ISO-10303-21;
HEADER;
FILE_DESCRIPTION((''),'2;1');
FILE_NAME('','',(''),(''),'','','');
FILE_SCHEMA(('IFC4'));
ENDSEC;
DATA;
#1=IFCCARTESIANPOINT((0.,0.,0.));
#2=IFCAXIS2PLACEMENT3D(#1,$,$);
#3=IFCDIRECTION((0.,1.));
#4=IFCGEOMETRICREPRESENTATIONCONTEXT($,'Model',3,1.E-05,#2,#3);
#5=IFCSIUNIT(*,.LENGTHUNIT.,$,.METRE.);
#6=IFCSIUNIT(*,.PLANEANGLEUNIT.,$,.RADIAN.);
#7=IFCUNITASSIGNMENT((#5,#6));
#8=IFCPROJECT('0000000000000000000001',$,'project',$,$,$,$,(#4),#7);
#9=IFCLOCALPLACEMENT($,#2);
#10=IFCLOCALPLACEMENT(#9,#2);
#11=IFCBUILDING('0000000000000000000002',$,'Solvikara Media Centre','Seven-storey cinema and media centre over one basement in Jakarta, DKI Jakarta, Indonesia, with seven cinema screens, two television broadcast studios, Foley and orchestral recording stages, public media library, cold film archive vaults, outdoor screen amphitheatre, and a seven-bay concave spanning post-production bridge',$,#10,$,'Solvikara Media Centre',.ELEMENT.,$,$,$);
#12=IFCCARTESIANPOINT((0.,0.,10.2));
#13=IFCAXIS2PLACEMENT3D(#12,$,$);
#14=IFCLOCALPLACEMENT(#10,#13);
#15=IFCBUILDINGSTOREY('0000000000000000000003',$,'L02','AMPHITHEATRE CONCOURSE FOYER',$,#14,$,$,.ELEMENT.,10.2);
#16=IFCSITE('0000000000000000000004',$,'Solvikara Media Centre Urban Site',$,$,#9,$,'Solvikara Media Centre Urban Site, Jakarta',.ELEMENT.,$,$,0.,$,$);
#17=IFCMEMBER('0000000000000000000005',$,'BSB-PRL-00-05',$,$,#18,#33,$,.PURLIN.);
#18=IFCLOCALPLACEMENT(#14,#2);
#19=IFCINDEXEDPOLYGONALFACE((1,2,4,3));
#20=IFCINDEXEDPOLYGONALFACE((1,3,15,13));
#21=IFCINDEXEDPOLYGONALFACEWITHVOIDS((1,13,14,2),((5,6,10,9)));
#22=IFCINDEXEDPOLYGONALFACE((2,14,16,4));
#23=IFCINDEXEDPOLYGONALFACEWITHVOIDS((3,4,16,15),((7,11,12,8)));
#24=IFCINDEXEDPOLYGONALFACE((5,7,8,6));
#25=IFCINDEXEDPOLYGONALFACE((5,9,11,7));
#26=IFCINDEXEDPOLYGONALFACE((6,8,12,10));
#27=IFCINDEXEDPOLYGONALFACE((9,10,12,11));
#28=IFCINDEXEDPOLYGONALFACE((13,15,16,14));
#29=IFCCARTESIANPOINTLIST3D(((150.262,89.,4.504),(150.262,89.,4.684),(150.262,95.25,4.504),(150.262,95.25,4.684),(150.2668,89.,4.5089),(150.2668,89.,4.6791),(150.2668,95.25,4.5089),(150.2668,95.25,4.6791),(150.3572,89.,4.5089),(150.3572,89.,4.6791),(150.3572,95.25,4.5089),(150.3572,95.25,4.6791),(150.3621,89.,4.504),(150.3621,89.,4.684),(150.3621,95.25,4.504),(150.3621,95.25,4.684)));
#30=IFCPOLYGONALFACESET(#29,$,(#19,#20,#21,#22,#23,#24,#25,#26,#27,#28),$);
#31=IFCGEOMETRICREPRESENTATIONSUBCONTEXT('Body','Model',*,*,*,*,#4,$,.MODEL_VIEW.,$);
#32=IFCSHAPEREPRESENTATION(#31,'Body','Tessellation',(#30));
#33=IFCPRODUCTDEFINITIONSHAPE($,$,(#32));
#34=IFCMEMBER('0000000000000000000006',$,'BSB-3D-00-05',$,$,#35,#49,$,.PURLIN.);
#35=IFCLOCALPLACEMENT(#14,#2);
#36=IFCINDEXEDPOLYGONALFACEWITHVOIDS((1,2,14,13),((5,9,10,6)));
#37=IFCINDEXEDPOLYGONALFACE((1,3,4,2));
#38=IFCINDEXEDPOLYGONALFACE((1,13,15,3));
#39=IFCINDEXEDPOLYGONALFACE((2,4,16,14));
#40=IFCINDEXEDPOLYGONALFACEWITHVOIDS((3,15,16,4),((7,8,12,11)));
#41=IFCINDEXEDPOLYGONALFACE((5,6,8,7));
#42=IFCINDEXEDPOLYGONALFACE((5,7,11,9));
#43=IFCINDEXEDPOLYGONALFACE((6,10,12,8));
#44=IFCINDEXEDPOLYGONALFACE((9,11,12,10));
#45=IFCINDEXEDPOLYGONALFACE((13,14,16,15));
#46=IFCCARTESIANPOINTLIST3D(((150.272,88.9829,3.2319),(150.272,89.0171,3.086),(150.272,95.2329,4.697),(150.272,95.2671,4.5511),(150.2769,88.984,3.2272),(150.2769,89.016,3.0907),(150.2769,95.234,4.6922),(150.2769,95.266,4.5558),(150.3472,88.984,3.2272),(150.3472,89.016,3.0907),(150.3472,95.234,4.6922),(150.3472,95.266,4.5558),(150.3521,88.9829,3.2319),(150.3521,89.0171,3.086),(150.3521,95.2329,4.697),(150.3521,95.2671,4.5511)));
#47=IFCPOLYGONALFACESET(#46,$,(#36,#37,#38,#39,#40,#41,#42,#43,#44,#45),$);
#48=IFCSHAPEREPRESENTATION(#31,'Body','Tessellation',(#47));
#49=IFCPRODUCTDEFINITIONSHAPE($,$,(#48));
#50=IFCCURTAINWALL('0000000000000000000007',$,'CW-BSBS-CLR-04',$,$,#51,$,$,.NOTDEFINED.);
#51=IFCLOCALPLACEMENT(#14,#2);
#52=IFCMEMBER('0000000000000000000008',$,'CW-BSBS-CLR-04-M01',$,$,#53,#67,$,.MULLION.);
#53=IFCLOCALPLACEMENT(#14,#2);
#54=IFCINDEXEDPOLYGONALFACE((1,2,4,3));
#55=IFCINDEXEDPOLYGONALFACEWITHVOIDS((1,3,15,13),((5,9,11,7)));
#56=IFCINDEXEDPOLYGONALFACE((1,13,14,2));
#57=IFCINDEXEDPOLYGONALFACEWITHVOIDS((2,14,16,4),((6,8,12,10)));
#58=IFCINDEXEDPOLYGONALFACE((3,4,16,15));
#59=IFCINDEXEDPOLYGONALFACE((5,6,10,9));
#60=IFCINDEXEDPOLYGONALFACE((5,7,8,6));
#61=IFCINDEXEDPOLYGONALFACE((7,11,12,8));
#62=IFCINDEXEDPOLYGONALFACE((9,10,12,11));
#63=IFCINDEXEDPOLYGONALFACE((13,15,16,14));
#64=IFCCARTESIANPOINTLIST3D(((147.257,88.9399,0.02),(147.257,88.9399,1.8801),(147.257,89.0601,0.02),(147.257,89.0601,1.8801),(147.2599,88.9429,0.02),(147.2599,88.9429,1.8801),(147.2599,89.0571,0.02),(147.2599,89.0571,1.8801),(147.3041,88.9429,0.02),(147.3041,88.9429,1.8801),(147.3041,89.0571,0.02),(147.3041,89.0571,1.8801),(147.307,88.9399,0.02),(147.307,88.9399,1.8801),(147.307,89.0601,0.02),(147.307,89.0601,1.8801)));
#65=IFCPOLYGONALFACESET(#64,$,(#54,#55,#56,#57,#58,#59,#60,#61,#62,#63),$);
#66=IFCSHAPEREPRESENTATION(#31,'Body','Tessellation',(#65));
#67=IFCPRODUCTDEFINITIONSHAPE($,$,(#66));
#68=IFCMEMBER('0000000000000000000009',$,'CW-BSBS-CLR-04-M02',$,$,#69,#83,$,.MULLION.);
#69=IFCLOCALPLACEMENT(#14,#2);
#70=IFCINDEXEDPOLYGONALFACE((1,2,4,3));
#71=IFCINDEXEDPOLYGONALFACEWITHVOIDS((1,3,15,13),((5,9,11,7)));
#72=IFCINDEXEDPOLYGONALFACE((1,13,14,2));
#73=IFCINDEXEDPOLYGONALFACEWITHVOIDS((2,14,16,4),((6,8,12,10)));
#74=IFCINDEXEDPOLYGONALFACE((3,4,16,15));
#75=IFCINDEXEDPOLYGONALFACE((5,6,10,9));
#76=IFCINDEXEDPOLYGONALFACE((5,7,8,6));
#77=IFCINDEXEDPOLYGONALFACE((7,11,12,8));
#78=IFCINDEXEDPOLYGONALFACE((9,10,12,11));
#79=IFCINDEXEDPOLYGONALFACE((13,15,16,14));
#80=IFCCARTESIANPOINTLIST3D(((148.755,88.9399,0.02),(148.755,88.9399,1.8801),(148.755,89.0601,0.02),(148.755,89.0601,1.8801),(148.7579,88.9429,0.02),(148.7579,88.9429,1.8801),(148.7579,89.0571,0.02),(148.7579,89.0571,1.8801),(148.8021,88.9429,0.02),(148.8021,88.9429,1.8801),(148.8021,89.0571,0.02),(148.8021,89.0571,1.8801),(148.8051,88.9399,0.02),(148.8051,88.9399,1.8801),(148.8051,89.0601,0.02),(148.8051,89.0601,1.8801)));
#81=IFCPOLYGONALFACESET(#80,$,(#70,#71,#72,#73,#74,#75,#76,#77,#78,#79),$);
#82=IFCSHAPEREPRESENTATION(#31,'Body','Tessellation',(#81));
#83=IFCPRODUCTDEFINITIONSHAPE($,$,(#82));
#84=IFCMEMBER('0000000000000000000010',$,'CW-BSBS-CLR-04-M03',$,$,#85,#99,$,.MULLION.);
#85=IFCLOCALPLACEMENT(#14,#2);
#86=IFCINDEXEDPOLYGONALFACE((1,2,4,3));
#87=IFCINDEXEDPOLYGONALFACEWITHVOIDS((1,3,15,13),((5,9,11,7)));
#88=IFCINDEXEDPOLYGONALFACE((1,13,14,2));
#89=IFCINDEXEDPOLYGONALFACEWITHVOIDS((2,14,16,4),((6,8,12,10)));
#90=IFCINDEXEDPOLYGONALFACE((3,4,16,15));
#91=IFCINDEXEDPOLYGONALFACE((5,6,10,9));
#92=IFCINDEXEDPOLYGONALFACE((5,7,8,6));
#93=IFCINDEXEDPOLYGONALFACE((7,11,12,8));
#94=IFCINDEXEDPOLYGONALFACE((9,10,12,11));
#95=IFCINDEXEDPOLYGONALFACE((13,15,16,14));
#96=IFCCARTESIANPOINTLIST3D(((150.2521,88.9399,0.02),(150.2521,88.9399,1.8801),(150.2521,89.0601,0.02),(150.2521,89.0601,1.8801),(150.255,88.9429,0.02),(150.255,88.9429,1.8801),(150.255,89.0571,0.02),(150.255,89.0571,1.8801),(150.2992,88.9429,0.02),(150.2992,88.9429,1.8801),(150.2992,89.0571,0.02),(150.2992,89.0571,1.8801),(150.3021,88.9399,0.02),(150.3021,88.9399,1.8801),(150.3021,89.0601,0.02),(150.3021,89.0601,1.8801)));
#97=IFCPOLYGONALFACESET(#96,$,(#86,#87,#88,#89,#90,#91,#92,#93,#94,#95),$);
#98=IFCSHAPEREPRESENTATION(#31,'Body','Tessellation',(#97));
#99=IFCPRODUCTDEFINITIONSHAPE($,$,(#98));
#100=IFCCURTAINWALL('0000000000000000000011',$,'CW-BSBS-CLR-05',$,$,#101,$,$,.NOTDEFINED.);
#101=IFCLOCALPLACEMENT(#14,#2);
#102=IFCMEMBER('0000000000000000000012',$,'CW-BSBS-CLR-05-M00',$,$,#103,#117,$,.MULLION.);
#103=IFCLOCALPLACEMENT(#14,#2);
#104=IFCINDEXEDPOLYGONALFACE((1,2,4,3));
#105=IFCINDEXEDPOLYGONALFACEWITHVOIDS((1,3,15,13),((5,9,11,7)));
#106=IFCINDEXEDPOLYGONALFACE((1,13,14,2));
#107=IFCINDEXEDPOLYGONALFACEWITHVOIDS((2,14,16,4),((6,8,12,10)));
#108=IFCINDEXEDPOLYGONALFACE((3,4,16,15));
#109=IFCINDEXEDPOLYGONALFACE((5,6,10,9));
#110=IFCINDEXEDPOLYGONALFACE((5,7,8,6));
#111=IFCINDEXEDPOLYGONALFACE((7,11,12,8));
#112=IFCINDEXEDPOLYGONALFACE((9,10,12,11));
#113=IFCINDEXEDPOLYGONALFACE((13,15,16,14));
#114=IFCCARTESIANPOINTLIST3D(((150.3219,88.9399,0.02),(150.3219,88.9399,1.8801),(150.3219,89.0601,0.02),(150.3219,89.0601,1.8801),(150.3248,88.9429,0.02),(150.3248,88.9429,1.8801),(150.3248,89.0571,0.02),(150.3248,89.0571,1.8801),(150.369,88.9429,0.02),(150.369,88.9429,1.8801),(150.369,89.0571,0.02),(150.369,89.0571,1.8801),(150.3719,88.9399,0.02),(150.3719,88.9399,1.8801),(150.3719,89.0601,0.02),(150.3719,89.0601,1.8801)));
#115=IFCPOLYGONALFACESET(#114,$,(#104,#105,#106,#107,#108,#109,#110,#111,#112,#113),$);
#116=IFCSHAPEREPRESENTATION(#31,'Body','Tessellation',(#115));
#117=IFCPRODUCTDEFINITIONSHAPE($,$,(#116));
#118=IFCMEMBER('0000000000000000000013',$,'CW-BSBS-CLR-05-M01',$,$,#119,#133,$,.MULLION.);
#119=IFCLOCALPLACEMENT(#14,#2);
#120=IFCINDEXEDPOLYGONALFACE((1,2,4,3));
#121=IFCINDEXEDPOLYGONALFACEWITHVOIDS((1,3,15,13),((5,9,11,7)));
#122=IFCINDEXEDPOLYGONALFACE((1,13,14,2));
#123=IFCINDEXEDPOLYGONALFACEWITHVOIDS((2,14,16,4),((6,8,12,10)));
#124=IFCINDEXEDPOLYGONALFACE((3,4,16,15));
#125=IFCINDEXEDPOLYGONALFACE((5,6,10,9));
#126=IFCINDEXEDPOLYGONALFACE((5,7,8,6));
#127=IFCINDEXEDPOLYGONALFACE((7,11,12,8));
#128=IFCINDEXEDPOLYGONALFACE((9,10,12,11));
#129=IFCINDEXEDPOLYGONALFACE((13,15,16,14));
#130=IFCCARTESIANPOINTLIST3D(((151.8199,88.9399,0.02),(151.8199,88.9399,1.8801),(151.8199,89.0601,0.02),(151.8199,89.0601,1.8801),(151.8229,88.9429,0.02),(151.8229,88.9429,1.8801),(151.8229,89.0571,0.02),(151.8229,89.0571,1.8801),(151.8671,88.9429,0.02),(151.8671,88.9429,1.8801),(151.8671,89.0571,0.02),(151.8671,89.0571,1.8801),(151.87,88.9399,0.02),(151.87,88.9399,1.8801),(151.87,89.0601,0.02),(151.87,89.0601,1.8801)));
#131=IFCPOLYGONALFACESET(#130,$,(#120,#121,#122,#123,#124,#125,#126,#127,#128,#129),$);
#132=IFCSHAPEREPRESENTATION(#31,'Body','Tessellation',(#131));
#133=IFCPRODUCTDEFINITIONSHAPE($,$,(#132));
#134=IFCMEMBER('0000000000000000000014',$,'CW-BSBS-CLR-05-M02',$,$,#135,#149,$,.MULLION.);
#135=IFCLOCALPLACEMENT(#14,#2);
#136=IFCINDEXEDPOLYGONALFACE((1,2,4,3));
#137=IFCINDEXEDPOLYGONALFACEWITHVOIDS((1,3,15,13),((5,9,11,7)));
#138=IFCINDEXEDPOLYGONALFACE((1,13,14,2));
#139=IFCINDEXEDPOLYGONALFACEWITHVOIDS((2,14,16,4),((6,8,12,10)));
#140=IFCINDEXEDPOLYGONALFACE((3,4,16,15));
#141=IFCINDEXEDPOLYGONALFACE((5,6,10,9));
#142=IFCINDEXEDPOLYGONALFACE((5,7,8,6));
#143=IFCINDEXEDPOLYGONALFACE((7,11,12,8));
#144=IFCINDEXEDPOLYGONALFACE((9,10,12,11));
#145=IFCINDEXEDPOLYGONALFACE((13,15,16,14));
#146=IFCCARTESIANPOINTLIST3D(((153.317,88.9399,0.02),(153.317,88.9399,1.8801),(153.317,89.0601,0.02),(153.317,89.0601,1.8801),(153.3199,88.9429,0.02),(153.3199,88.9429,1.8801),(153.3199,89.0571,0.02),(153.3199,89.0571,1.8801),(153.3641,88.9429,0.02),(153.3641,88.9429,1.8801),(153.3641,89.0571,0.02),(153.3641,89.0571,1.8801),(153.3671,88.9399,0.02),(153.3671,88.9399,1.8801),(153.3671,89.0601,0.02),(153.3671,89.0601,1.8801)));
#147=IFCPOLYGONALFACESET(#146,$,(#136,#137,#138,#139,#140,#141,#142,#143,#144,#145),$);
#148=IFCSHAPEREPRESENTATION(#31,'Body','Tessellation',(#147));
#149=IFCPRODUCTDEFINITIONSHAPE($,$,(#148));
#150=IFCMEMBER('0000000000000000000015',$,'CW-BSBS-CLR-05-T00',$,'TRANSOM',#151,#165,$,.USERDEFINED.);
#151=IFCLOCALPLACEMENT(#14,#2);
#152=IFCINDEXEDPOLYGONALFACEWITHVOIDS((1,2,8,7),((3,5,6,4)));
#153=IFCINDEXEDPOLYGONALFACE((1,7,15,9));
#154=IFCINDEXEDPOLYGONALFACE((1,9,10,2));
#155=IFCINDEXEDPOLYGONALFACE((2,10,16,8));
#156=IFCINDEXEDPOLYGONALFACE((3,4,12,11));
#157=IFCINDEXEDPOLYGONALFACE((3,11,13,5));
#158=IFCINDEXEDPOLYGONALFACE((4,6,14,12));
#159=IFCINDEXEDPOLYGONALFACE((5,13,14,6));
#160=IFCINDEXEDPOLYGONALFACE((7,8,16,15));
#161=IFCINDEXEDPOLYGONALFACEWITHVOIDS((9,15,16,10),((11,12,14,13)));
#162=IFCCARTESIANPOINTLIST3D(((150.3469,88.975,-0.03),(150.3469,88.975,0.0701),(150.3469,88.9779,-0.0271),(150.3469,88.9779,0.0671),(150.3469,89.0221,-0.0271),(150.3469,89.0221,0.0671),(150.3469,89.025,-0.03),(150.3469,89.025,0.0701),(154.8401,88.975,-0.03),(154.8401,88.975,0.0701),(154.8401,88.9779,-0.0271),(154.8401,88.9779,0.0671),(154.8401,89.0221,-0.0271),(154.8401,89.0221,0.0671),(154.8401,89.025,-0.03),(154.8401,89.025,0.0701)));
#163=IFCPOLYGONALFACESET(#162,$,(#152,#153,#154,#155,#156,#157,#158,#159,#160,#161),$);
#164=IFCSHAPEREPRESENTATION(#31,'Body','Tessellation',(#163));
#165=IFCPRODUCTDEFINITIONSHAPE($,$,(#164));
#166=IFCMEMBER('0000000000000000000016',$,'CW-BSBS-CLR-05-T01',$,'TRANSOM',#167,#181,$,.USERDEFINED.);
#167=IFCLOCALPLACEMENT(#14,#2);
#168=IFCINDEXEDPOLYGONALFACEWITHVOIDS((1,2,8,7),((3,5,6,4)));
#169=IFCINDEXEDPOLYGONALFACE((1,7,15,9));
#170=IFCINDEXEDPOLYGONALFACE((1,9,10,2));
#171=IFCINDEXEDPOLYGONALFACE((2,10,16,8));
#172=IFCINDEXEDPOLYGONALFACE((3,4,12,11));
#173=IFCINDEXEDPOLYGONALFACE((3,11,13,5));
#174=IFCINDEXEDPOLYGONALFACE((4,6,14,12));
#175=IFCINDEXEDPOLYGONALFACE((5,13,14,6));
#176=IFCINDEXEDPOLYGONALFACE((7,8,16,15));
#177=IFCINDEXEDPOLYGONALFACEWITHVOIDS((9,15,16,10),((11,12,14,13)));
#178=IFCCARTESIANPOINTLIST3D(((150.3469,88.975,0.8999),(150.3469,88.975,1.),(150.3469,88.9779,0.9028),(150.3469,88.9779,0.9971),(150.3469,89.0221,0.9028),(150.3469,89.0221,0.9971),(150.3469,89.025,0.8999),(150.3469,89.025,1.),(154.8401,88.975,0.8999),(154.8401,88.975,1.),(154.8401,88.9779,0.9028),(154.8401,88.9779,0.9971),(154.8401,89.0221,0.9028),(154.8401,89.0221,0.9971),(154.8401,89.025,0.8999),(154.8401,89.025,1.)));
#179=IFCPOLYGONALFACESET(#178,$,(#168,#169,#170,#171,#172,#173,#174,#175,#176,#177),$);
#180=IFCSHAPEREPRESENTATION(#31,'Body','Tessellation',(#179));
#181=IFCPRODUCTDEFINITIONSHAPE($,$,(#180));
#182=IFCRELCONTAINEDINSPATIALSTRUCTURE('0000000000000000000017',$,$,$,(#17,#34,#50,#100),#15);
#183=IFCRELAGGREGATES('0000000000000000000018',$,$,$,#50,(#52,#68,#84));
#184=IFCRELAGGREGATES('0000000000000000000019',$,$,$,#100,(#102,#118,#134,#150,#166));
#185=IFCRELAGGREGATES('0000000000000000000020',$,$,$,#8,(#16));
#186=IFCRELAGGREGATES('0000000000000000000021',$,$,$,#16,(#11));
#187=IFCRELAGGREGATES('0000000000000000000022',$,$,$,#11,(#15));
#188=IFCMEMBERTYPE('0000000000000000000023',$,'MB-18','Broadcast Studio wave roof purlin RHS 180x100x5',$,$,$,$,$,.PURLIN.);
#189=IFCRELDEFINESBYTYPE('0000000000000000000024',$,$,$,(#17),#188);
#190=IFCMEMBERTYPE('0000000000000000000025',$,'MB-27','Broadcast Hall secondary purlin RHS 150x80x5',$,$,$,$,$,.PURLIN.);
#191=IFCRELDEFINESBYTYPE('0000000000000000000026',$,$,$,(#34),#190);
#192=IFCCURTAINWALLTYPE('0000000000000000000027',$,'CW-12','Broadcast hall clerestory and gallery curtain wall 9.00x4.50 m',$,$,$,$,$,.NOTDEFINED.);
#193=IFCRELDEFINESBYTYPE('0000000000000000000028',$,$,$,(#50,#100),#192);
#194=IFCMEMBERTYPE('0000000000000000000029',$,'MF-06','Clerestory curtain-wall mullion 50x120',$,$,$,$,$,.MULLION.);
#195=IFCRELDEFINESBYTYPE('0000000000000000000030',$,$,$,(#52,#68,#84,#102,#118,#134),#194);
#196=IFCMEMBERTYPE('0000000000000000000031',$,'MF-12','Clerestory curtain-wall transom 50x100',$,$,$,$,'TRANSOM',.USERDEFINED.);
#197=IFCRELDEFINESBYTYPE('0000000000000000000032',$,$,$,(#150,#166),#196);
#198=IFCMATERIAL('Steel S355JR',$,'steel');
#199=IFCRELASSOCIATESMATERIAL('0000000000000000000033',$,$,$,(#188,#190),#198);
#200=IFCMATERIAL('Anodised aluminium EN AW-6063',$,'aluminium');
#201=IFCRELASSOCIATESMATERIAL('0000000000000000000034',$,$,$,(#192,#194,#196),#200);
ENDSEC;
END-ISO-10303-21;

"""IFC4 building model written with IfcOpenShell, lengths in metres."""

from ifc_helpers import new_model, si_unit, direction, frame, origin, origin_2d, place, context, subcontext, project, spatial, hollow_rectangle, extrude, material, material_profile, profile_set, type_object, element, aggregate, save


model = new_model("IFC4")

# Units and contexts
model_context = context("Model", 3, precision=1e-05, world=origin(), true_north=direction((0.0, 1.0)))
body_context = subcontext(model_context, "Body", "Model", "MODEL_VIEW")
ifc_project = project(units=[si_unit("LENGTHUNIT", "METRE"), si_unit("PLANEANGLEUNIT", "RADIAN")], contexts=[model_context])

# Site, building, storey
site_placement = place(None, origin())
site = spatial("IfcSite", under=ifc_project, at=site_placement, Name="Solvikara Media Centre Urban Site", LongName="Solvikara Media Centre Urban Site, Jakarta", CompositionType="ELEMENT", RefElevation=0.0)
building_placement = place(site_placement, origin())
building = spatial("IfcBuilding", under=site, at=building_placement, Name="Solvikara Media Centre", Description="Seven-storey cinema and media centre over one basement in Jakarta, DKI Jakarta, Indonesia, with seven cinema screens, two television broadcast studios, Foley and orchestral recording stages, public media library, cold film archive vaults, outdoor screen amphitheatre, and a seven-bay concave spanning post-production bridge", LongName="Solvikara Media Centre", CompositionType="ELEMENT")
storey_placement = place(building_placement, frame((0.0, 0.0, 10.2)))
storey = spatial("IfcBuildingStorey", under=building, at=storey_placement, Name="L02", Description="AMPHITHEATRE CONCOURSE FOYER", CompositionType="ELEMENT", Elevation=10.2)

# Members
ifc_material_1 = material(Name="Steel S355JR", Category="steel")
ifc_material_profile_1 = material_profile(ifc_material_1, hollow_rectangle(XDim=0.1001, YDim=0.1799, WallThickness=0.0049, at=origin_2d()), Name="RHS 180x100x5")
ifc_profile_set_1 = profile_set([ifc_material_profile_1], Name="Steel S355JR")
member_type_1 = type_object("IfcMemberType", Name="MB-18", Description="Broadcast Studio wave roof purlin RHS 180x100x5", PredefinedType="PURLIN", material=ifc_profile_set_1)
member_1_placement = place(storey_placement, frame((150.312, 89.0, 4.594), z_axis=(0.0, 1.0, 0.0), x_axis=(-1.0, 0.0, 0.0)))
element("IfcMember", 1, at=member_1_placement, inside=storey, type_object=member_type_1, Name="BSB-PRL-00-05", PredefinedType="PURLIN", context=body_context, shape_type="SweptSolid", body=[
    extrude(hollow_rectangle(XDim=0.1001, YDim=0.1799, WallThickness=0.0049, at=origin_2d()), origin(), (0.0, 0.0, 1.0), 6.25),
])
ifc_material_profile_2 = material_profile(ifc_material_1, hollow_rectangle(XDim=0.0801, YDim=0.1499, WallThickness=0.0049, at=origin_2d()), Name="RHS 150x80x5")
ifc_profile_set_2 = profile_set([ifc_material_profile_2], Name="Steel S355JR")
member_type_2 = type_object("IfcMemberType", Name="MB-27", Description="Broadcast Hall secondary purlin RHS 150x80x5", PredefinedType="PURLIN", material=ifc_profile_set_2)
member_2_placement = place(storey_placement, frame((150.312, 89.0, 3.1589), z_axis=(0.0, 0.973608, 0.228227), x_axis=(-1.0, 0.0, 0.0)))
element("IfcMember", 2, at=member_2_placement, inside=storey, type_object=member_type_2, Name="BSB-3D-00-05", PredefinedType="PURLIN", context=body_context, shape_type="SweptSolid", body=[
    extrude(hollow_rectangle(XDim=0.0801, YDim=0.1499, WallThickness=0.0049, at=origin_2d()), origin(), (0.0, 0.0, 1.0), 6.4194),
])

# Curtain walls, members
ifc_material_2 = material(Name="Anodised aluminium EN AW-6063", Category="aluminium")
curtain_wall_type = type_object("IfcCurtainWallType", Name="CW-12", Description="Broadcast hall clerestory and gallery curtain wall 9.00x4.50 m", PredefinedType="NOTDEFINED", material=ifc_material_2)
curtain_wall_1_placement = place(storey_placement, origin())
curtain_wall_1 = element("IfcCurtainWall", 3, at=curtain_wall_1_placement, inside=storey, type_object=curtain_wall_type, Name="CW-BSBS-CLR-04", PredefinedType="NOTDEFINED")
ifc_material_profile_3 = material_profile(ifc_material_2, hollow_rectangle(XDim=0.05, YDim=0.1201, WallThickness=0.0029, at=origin_2d()), Name="ALU-M 50x120x3")
ifc_profile_set_3 = profile_set([ifc_material_profile_3], Name="Anodised aluminium EN AW-6063")
member_type_3 = type_object("IfcMemberType", Name="MF-06", Description="Clerestory curtain-wall mullion 50x120", PredefinedType="MULLION", material=ifc_profile_set_3)
member_3_placement = place(storey_placement, frame((147.282, 89.0, 0.02), z_axis=(0.0, 0.0, 1.0), x_axis=(1.0, 0.0, 0.0)))
member_3 = element("IfcMember", 4, at=member_3_placement, type_object=member_type_3, Name="CW-BSBS-CLR-04-M01", PredefinedType="MULLION", context=body_context, shape_type="SweptSolid", body=[
    extrude(hollow_rectangle(XDim=0.05, YDim=0.1201, WallThickness=0.0029, at=origin_2d()), origin(), (0.0, 0.0, 1.0), 1.8601),
])
member_4_placement = place(storey_placement, frame((148.78, 89.0, 0.02), z_axis=(0.0, 0.0, 1.0), x_axis=(1.0, 0.0, 0.0)))
member_4 = element("IfcMember", 5, at=member_4_placement, type_object=member_type_3, Name="CW-BSBS-CLR-04-M02", PredefinedType="MULLION", context=body_context, shape_type="SweptSolid", body=[
    extrude(hollow_rectangle(XDim=0.05, YDim=0.1201, WallThickness=0.0029, at=origin_2d()), origin(), (0.0, 0.0, 1.0), 1.8601),
])
member_5_placement = place(storey_placement, frame((150.2771, 89.0, 0.02), z_axis=(0.0, 0.0, 1.0), x_axis=(1.0, 0.0, 0.0)))
member_5 = element("IfcMember", 6, at=member_5_placement, type_object=member_type_3, Name="CW-BSBS-CLR-04-M03", PredefinedType="MULLION", context=body_context, shape_type="SweptSolid", body=[
    extrude(hollow_rectangle(XDim=0.05, YDim=0.1201, WallThickness=0.0029, at=origin_2d()), origin(), (0.0, 0.0, 1.0), 1.8601),
])
curtain_wall_2_placement = place(storey_placement, origin())
curtain_wall_2 = element("IfcCurtainWall", 7, at=curtain_wall_2_placement, inside=storey, type_object=curtain_wall_type, Name="CW-BSBS-CLR-05", PredefinedType="NOTDEFINED")
member_6_placement = place(storey_placement, frame((150.3469, 89.0, 0.02), z_axis=(0.0, 0.0, 1.0), x_axis=(1.0, 0.0, 0.0)))
member_6 = element("IfcMember", 8, at=member_6_placement, type_object=member_type_3, Name="CW-BSBS-CLR-05-M00", PredefinedType="MULLION", context=body_context, shape_type="SweptSolid", body=[
    extrude(hollow_rectangle(XDim=0.05, YDim=0.1201, WallThickness=0.0029, at=origin_2d()), origin(), (0.0, 0.0, 1.0), 1.8601),
])
member_7_placement = place(storey_placement, frame((151.845, 89.0, 0.02), z_axis=(0.0, 0.0, 1.0), x_axis=(1.0, 0.0, 0.0)))
member_7 = element("IfcMember", 9, at=member_7_placement, type_object=member_type_3, Name="CW-BSBS-CLR-05-M01", PredefinedType="MULLION", context=body_context, shape_type="SweptSolid", body=[
    extrude(hollow_rectangle(XDim=0.05, YDim=0.1201, WallThickness=0.0029, at=origin_2d()), origin(), (0.0, 0.0, 1.0), 1.8601),
])
member_8_placement = place(storey_placement, frame((153.342, 89.0, 0.02), z_axis=(0.0, 0.0, 1.0), x_axis=(1.0, 0.0, 0.0)))
member_8 = element("IfcMember", 10, at=member_8_placement, type_object=member_type_3, Name="CW-BSBS-CLR-05-M02", PredefinedType="MULLION", context=body_context, shape_type="SweptSolid", body=[
    extrude(hollow_rectangle(XDim=0.05, YDim=0.1201, WallThickness=0.0029, at=origin_2d()), origin(), (0.0, 0.0, 1.0), 1.8601),
])
ifc_material_profile_4 = material_profile(ifc_material_2, hollow_rectangle(XDim=0.05, YDim=0.1001, WallThickness=0.0029, at=origin_2d()), Name="ALU-T 50x100x3")
ifc_profile_set_4 = profile_set([ifc_material_profile_4], Name="Anodised aluminium EN AW-6063")
member_type_4 = type_object("IfcMemberType", Name="MF-12", Description="Clerestory curtain-wall transom 50x100", ElementType="TRANSOM", PredefinedType="USERDEFINED", material=ifc_profile_set_4)
member_9_placement = place(storey_placement, frame((150.3469, 89.0, 0.02), z_axis=(1.0, 0.0, 0.0), x_axis=(0.0, 1.0, 0.0)))
member_9 = element("IfcMember", 11, at=member_9_placement, type_object=member_type_4, Name="CW-BSBS-CLR-05-T00", ObjectType="TRANSOM", PredefinedType="USERDEFINED", context=body_context, shape_type="SweptSolid", body=[
    extrude(hollow_rectangle(XDim=0.05, YDim=0.1001, WallThickness=0.0029, at=origin_2d()), origin(), (0.0, 0.0, 1.0), 4.4932),
])
member_10_placement = place(storey_placement, frame((150.3469, 89.0, 0.95), z_axis=(1.0, 0.0, 0.0), x_axis=(0.0, 1.0, 0.0)))
member_10 = element("IfcMember", 12, at=member_10_placement, type_object=member_type_4, Name="CW-BSBS-CLR-05-T01", ObjectType="TRANSOM", PredefinedType="USERDEFINED", context=body_context, shape_type="SweptSolid", body=[
    extrude(hollow_rectangle(XDim=0.05, YDim=0.1001, WallThickness=0.0029, at=origin_2d()), origin(), (0.0, 0.0, 1.0), 4.4932),
])

aggregate(curtain_wall_1, [member_3, member_4, member_5])
aggregate(curtain_wall_2, [member_6, member_7, member_8, member_9, member_10])

save(model, "model.ifc")
